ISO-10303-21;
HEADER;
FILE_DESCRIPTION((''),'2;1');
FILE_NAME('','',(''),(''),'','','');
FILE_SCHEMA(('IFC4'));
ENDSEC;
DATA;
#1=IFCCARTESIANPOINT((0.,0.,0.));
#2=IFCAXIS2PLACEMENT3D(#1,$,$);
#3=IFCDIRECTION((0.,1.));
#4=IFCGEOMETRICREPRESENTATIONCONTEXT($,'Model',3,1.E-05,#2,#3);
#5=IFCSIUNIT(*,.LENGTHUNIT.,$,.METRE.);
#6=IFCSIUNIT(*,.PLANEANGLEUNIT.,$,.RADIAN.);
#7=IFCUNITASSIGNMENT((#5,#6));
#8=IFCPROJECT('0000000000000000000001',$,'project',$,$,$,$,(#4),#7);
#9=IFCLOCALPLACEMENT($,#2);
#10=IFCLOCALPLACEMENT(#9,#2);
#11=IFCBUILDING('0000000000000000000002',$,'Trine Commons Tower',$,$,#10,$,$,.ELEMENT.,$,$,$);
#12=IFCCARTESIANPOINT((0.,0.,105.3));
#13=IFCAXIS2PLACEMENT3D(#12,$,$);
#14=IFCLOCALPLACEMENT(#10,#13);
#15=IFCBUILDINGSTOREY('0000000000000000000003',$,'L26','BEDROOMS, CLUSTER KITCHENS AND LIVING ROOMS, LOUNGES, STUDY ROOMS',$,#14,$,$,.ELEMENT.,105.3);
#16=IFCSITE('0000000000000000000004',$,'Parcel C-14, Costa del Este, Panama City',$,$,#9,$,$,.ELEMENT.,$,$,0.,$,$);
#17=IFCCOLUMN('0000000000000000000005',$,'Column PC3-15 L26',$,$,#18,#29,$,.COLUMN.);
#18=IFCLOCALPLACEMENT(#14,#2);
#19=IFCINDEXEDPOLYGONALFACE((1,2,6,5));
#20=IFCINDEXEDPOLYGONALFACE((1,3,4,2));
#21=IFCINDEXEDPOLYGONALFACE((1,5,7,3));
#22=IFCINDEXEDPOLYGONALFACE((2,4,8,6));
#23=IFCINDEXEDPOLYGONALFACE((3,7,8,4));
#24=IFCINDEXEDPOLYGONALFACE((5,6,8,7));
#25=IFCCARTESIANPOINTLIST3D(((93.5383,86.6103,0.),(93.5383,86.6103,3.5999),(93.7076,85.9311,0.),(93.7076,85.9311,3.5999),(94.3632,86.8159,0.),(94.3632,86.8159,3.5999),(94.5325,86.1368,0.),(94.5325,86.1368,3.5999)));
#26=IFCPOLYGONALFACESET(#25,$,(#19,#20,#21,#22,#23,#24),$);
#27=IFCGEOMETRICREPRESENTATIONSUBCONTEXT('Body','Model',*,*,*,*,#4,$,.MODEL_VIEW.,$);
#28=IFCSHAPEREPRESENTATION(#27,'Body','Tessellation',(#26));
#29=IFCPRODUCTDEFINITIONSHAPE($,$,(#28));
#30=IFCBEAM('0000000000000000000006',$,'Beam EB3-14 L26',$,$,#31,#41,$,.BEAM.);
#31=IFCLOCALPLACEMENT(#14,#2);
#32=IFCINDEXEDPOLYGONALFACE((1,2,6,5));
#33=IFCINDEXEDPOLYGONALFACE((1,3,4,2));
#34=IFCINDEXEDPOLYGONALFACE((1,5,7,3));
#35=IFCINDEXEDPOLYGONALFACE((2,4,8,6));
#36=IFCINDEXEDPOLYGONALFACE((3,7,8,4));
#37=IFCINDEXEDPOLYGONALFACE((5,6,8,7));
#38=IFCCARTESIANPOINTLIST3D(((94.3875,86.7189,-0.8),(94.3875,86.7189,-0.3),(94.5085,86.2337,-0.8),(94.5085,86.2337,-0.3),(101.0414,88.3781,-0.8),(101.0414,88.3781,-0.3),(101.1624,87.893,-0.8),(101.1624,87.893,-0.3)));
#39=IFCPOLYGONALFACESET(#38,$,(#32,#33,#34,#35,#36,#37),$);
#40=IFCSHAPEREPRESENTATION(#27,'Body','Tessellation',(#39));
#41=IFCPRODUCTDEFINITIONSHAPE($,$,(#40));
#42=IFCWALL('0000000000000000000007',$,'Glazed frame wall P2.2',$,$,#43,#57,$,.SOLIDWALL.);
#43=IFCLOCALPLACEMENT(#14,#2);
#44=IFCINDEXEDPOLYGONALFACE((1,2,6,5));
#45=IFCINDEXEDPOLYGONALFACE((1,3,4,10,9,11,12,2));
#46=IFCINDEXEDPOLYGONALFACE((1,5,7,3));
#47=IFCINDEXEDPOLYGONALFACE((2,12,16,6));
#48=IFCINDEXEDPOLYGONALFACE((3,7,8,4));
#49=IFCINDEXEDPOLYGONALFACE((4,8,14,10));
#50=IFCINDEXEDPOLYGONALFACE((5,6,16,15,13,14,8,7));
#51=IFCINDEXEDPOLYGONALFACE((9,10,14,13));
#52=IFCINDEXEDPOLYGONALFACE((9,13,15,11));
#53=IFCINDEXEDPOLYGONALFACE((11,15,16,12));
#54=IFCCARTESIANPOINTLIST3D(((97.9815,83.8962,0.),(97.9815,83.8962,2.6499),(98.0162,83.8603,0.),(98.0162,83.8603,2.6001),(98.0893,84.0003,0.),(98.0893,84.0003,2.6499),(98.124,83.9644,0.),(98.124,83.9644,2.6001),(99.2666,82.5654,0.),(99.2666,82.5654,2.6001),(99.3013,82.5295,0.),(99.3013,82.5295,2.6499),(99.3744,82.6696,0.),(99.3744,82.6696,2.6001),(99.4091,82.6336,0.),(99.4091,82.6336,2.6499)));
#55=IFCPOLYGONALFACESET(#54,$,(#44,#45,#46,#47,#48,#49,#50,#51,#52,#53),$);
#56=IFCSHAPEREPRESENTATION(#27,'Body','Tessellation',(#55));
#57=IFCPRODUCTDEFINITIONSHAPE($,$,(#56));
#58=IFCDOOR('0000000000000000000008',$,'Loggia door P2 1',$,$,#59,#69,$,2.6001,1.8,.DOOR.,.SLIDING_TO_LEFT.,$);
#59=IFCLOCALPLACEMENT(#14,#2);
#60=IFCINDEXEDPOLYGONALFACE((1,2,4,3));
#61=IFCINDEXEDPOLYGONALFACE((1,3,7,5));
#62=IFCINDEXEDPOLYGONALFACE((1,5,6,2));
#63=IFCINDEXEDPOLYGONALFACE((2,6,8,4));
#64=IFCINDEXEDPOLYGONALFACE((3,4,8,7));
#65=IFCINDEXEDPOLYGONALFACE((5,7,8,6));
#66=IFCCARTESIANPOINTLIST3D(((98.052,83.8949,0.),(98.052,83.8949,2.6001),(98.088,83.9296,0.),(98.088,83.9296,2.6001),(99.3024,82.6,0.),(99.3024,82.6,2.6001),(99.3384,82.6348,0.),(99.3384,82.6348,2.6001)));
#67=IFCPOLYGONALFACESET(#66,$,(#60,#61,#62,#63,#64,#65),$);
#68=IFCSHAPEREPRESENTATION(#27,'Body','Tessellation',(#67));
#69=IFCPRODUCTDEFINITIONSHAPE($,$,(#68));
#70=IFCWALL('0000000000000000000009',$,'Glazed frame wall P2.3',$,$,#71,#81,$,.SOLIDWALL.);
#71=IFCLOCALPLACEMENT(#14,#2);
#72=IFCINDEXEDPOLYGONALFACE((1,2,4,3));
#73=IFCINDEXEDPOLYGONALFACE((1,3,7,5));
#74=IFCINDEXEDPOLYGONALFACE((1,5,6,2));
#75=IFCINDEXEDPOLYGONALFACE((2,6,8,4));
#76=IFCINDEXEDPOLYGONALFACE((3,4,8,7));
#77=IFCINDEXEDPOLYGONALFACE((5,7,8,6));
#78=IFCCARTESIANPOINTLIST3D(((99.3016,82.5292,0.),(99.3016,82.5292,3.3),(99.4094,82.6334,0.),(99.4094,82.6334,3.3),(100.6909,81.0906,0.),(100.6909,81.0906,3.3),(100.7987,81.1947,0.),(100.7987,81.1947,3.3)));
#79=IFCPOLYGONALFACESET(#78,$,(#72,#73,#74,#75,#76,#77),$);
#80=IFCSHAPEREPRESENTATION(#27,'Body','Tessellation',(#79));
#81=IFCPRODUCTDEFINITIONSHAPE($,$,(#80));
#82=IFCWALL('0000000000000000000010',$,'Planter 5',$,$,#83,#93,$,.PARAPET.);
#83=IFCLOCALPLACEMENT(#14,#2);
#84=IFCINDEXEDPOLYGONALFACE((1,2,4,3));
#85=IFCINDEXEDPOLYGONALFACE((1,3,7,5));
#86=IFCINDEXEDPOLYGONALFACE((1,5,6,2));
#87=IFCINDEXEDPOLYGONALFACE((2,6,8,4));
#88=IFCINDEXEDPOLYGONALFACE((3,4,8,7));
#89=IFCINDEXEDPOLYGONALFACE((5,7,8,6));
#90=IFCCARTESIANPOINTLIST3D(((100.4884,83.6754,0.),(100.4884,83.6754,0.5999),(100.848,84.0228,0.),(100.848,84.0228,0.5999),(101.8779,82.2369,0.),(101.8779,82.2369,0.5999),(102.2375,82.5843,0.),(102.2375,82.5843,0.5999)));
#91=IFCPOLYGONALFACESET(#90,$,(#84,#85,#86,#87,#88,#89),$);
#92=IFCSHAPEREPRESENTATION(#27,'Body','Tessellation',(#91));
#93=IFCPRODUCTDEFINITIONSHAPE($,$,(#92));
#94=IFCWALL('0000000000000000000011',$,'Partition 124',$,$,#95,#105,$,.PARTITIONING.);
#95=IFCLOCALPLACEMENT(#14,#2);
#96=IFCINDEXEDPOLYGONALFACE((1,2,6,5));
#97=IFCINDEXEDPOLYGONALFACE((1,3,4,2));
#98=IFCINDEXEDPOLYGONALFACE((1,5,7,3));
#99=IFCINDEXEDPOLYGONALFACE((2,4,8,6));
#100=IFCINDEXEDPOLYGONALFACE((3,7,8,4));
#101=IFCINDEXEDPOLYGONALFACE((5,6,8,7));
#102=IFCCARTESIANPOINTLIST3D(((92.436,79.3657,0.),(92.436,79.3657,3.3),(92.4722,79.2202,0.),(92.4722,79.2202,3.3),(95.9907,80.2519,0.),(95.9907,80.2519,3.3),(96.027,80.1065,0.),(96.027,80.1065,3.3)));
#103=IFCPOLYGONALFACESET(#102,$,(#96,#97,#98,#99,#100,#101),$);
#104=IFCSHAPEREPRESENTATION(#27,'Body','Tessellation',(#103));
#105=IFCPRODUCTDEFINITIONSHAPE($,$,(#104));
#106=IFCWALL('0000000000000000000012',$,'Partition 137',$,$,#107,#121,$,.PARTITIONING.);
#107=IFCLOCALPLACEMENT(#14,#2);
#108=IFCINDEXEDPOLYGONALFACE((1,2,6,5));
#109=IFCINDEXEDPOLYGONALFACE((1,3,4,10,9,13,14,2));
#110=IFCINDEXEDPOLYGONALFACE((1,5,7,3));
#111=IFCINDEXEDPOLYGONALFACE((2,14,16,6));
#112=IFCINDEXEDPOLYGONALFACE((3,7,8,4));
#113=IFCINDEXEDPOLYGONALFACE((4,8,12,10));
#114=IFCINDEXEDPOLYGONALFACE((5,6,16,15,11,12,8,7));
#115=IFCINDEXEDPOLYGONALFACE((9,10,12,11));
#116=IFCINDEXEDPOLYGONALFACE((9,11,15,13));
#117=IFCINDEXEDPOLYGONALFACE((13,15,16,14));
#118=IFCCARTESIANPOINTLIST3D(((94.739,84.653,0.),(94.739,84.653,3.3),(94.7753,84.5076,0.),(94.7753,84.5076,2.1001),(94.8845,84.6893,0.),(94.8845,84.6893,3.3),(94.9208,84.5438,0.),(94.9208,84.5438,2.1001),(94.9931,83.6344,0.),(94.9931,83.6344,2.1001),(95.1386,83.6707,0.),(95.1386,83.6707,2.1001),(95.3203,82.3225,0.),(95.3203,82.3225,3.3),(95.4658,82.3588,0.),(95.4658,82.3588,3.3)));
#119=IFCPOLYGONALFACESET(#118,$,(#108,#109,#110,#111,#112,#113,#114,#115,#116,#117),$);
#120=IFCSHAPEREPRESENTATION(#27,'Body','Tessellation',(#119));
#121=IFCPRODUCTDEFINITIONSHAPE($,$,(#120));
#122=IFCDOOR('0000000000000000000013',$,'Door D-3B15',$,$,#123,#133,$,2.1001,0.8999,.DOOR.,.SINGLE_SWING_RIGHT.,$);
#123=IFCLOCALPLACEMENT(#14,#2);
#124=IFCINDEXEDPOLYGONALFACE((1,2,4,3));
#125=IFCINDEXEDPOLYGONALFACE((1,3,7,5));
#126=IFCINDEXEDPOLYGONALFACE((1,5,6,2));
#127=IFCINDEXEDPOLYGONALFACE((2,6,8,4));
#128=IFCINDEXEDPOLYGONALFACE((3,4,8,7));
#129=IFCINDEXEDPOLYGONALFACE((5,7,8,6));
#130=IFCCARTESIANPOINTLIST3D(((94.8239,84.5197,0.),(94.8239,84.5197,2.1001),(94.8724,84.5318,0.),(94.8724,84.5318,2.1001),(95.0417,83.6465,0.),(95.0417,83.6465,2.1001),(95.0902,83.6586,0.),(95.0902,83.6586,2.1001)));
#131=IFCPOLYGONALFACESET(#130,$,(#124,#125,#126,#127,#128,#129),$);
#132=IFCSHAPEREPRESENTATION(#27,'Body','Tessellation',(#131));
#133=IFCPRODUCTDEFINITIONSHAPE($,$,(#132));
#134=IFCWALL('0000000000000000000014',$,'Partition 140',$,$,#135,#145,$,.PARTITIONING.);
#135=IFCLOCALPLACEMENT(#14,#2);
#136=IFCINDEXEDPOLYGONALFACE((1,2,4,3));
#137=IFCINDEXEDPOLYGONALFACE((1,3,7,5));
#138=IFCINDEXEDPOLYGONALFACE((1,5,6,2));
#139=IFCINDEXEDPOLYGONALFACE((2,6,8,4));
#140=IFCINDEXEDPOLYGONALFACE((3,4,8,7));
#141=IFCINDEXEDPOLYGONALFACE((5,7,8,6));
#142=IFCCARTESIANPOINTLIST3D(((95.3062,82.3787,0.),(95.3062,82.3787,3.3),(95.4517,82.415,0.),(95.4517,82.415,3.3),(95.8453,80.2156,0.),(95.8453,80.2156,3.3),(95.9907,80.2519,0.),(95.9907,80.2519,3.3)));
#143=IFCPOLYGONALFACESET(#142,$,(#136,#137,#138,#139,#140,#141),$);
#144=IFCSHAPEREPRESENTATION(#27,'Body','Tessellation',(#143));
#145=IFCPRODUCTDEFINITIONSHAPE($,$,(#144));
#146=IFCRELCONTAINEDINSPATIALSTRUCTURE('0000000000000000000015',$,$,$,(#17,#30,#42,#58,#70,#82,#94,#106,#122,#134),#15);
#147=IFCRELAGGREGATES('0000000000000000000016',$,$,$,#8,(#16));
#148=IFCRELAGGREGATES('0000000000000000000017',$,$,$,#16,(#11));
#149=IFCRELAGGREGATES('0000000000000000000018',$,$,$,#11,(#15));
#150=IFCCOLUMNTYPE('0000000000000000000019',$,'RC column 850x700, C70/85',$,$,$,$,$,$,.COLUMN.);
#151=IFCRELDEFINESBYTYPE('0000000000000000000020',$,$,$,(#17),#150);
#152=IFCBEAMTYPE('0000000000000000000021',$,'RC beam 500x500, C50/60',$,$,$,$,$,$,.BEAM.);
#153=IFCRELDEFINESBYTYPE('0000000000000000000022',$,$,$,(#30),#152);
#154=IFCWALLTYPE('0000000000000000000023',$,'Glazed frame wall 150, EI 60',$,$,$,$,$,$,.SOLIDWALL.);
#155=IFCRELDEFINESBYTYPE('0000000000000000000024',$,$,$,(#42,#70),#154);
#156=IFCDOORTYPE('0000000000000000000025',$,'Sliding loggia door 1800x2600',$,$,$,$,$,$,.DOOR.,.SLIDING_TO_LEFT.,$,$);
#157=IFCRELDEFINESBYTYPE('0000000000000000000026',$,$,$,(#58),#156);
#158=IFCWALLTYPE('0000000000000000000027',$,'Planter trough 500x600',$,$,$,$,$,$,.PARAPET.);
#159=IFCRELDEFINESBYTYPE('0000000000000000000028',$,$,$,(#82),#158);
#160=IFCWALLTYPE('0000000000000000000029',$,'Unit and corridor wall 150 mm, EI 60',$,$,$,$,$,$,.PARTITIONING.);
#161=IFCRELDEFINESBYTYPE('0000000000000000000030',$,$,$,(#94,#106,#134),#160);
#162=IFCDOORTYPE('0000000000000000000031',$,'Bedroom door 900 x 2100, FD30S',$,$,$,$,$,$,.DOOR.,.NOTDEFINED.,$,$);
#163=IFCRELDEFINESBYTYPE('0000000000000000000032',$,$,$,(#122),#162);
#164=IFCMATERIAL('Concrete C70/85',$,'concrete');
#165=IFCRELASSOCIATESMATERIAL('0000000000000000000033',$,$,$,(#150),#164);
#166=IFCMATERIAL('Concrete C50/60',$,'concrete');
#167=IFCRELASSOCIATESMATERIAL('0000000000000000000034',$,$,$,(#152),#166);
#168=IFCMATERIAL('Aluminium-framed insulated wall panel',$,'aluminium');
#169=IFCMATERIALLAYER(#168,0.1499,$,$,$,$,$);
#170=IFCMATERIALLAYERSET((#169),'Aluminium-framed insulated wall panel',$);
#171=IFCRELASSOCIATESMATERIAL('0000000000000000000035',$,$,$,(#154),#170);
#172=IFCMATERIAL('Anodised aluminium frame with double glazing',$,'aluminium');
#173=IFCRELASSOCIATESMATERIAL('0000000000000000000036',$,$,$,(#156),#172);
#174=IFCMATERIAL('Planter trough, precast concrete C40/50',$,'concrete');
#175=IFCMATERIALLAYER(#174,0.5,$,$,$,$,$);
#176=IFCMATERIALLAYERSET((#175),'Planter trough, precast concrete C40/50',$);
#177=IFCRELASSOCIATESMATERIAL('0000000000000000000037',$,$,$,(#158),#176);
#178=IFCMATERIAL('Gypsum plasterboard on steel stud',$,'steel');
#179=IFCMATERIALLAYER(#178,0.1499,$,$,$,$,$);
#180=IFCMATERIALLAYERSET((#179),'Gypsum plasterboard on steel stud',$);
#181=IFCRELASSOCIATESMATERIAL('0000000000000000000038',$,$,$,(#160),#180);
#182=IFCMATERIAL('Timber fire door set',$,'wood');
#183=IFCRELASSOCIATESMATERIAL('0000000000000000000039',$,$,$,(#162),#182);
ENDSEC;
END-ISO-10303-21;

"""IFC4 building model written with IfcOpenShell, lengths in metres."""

from ifc_helpers import new_model, si_unit, direction, frame, frame_2d, origin, origin_2d, place, context, subcontext, project, spatial, polyline, rectangle, outline, extrude, material, layer, layer_set, material_profile, profile_set, type_object, element, fill, save


model = new_model("IFC4")

# Units and contexts
model_context = context("Model", 3, precision=1e-05, world=origin(), true_north=direction((0.0, 1.0)))
body_context = subcontext(model_context, "Body", "Model", "MODEL_VIEW")
ifc_project = project(units=[si_unit("LENGTHUNIT", "METRE"), si_unit("PLANEANGLEUNIT", "RADIAN")], contexts=[model_context])

# Site, building, storey
site_placement = place(None, origin())
site = spatial("IfcSite", under=ifc_project, at=site_placement, Name="Parcel C-14, Costa del Este, Panama City", CompositionType="ELEMENT", RefElevation=0.0)
building_placement = place(site_placement, origin())
building = spatial("IfcBuilding", under=site, at=building_placement, Name="Trine Commons Tower", CompositionType="ELEMENT")
storey_placement = place(building_placement, frame((0.0, 0.0, 105.3)))
storey = spatial("IfcBuildingStorey", under=building, at=storey_placement, Name="L26", Description="BEDROOMS, CLUSTER KITCHENS AND LIVING ROOMS, LOUNGES, STUDY ROOMS", CompositionType="ELEMENT", Elevation=105.3)

# Column
ifc_material_1 = material(Name="Concrete C70/85", Category="concrete")
ifc_material_profile_1 = material_profile(ifc_material_1, rectangle(XDim=0.8501, YDim=0.7, at=origin_2d()), Name="RC 850x700")
ifc_profile_set_1 = profile_set([ifc_material_profile_1], Name="Concrete C70/85")
column_type = type_object("IfcColumnType", Name="RC column 850x700, C70/85", PredefinedType="COLUMN", material=ifc_profile_set_1)
column_placement = place(storey_placement, frame((94.0354, 86.3735, 0.0), z_axis=(0.0, 0.0, 1.0), x_axis=(0.970296, 0.241922, 0.0)))
element("IfcColumn", 1, at=column_placement, inside=storey, type_object=column_type, Name="Column PC3-15 L26", PredefinedType="COLUMN", context=body_context, shape_type="SweptSolid", body=[
    extrude(rectangle(XDim=0.8501, YDim=0.7, at=origin_2d()), origin(), (0.0, 0.0, 1.0), 3.5999),
])

# Beam
ifc_material_2 = material(Name="Concrete C50/60", Category="concrete")
ifc_material_profile_2 = material_profile(ifc_material_2, rectangle(XDim=0.5, YDim=0.5, at=origin_2d()), Name="RC 500x500")
ifc_profile_set_2 = profile_set([ifc_material_profile_2], Name="Concrete C50/60")
beam_type = type_object("IfcBeamType", Name="RC beam 500x500, C50/60", PredefinedType="BEAM", material=ifc_profile_set_2)
beam_placement = place(storey_placement, frame((94.448, 86.4763, -0.55), z_axis=(0.970289, 0.241949, 0.0), x_axis=(-0.241949, 0.970289, 0.0)))
element("IfcBeam", 2, at=beam_placement, inside=storey, type_object=beam_type, Name="Beam EB3-14 L26", PredefinedType="BEAM", context=body_context, shape_type="SweptSolid", body=[
    extrude(rectangle(XDim=0.5, YDim=0.5, at=origin_2d()), origin(), (0.0, 0.0, 1.0), 6.8577),
])

# Shared definitions
ifc_material_3 = material(Name="Aluminium-framed insulated wall panel", Category="aluminium")
ifc_layer_1 = layer(ifc_material_3, 0.1499)
ifc_layer_set_1 = layer_set([ifc_layer_1], Name="Aluminium-framed insulated wall panel")
wall_type_1 = type_object("IfcWallType", Name="Glazed frame wall 150, EI 60", PredefinedType="SOLIDWALL", material=ifc_layer_set_1)

# Wall, opening, door
wall_1_placement = place(storey_placement, frame((98.0354, 83.9482, 0.0), z_axis=(0.0, 0.0, 1.0), x_axis=(0.694666, -0.719333, 0.0)))
wall_1 = element("IfcWall", 3, at=wall_1_placement, inside=storey, type_object=wall_type_1, Name="Glazed frame wall P2.2", PredefinedType="SOLIDWALL", context=body_context, shape_type="SweptSolid", body=[
    extrude(outline(polyline([(0.0, -0.075), (1.8999, -0.075), (1.8999, 0.075), (0.0, 0.075), (0.0, -0.075)])), origin(), (0.0, 0.0, 1.0), 2.6499),
])
opening_1_placement = place(wall_1_placement, frame((0.05, 0.0, 0.0)))
opening_1 = element("IfcOpeningElement", 4, at=opening_1_placement, cuts=wall_1, PredefinedType="OPENING", context=body_context, shape_type="SweptSolid", body=[
    extrude(rectangle(XDim=1.8, YDim=2.6001, at=frame_2d((0.8999, 1.3))), frame((0.0, 0.085, 0.0), z_axis=(0.0, -1.0, 0.0), x_axis=(1.0, 0.0, 0.0)), (0.0, 0.0, 1.0), 0.1699),
])
ifc_material_4 = material(Name="Anodised aluminium frame with double glazing", Category="aluminium")
door_type_1 = type_object("IfcDoorType", Name="Sliding loggia door 1800x2600", OperationType="SLIDING_TO_LEFT", PredefinedType="DOOR", material=ifc_material_4)
door_1_placement = place(opening_1_placement, origin())
door_1 = element("IfcDoor", 5, at=door_1_placement, inside=storey, type_object=door_type_1, Name="Loggia door P2 1", OperationType="SLIDING_TO_LEFT", OverallHeight=2.6001, OverallWidth=1.8, PredefinedType="DOOR", context=body_context, shape_type="SweptSolid", body=[
    extrude(rectangle(XDim=1.8, YDim=2.6001, at=frame_2d((0.8999, 1.3))), frame((0.0, 0.0249, 0.0), z_axis=(0.0, -1.0, 0.0), x_axis=(1.0, 0.0, 0.0)), (0.0, 0.0, 1.0), 0.05),
])
fill(opening_1, door_1)

# Walls
wall_2_placement = place(storey_placement, frame((99.3555, 82.5813, 0.0), z_axis=(0.0, 0.0, 1.0), x_axis=(0.694669, -0.71933, 0.0)))
element("IfcWall", 6, at=wall_2_placement, inside=storey, type_object=wall_type_1, Name="Glazed frame wall P2.3", PredefinedType="SOLIDWALL", context=body_context, shape_type="SweptSolid", body=[
    extrude(outline(polyline([(0.0, -0.075), (2.0, -0.075), (2.0, 0.075), (0.0, 0.075), (0.0, -0.075)])), origin(), (0.0, 0.0, 1.0), 3.3),
])
ifc_material_5 = material(Name="Planter trough, precast concrete C40/50", Category="concrete")
ifc_layer_2 = layer(ifc_material_5, 0.5)
ifc_layer_set_2 = layer_set([ifc_layer_2], Name="Planter trough, precast concrete C40/50")
wall_type_2 = type_object("IfcWallType", Name="Planter trough 500x600", PredefinedType="PARAPET", material=ifc_layer_set_2)
wall_3_placement = place(storey_placement, frame((100.6682, 83.8491, 0.0), z_axis=(0.0, 0.0, 1.0), x_axis=(0.694732, -0.719269, 0.0)))
element("IfcWall", 7, at=wall_3_placement, inside=storey, type_object=wall_type_2, Name="Planter 5", PredefinedType="PARAPET", context=body_context, shape_type="SweptSolid", body=[
    extrude(rectangle(XDim=2.0, YDim=0.5, at=frame_2d((1.0, 0.0))), origin(), (0.0, 0.0, 1.0), 0.5999),
])
ifc_material_6 = material(Name="Gypsum plasterboard on steel stud", Category="steel")
ifc_layer_3 = layer(ifc_material_6, 0.1499)
ifc_layer_set_3 = layer_set([ifc_layer_3], Name="Gypsum plasterboard on steel stud")
wall_type_3 = type_object("IfcWallType", Name="Unit and corridor wall 150 mm, EI 60", PredefinedType="PARTITIONING", material=ifc_layer_set_3)
wall_4_placement = place(storey_placement, frame((92.4541, 79.293, 0.0), z_axis=(0.0, 0.0, 1.0), x_axis=(0.970299, 0.241908, 0.0)))
element("IfcWall", 8, at=wall_4_placement, inside=storey, type_object=wall_type_3, Name="Partition 124", PredefinedType="PARTITIONING", context=body_context, shape_type="SweptSolid", body=[
    extrude(rectangle(XDim=3.6636, YDim=0.1499, at=frame_2d((1.8318, 0.0))), origin(), (0.0, 0.0, 1.0), 3.3),
])

# Wall, opening, door
wall_5_placement = place(storey_placement, frame((94.8118, 84.6711, 0.0), z_axis=(0.0, 0.0, 1.0), x_axis=(0.242009, -0.970274, 0.0)))
wall_5 = element("IfcWall", 9, at=wall_5_placement, inside=storey, type_object=wall_type_3, Name="Partition 137", PredefinedType="PARTITIONING", context=body_context, shape_type="SweptSolid", body=[
    extrude(rectangle(XDim=2.4019, YDim=0.1499, at=frame_2d((1.2009, 0.0))), origin(), (0.0, 0.0, 1.0), 3.3),
])
opening_2_placement = place(wall_5_placement, frame((0.1499, 0.0, 0.0)))
opening_2 = element("IfcOpeningElement", 10, at=opening_2_placement, cuts=wall_5, PredefinedType="OPENING", context=body_context, shape_type="SweptSolid", body=[
    extrude(rectangle(XDim=0.8999, YDim=2.1001, at=frame_2d((0.45, 1.05))), frame((0.0, 0.085, 0.0), z_axis=(0.0, -1.0, 0.0), x_axis=(1.0, 0.0, 0.0)), (0.0, 0.0, 1.0), 0.1699),
])
ifc_material_7 = material(Name="Timber fire door set", Category="wood")
door_type_2 = type_object("IfcDoorType", Name="Bedroom door 900 x 2100, FD30S", OperationType="NOTDEFINED", PredefinedType="DOOR", material=ifc_material_7)
door_2_placement = place(opening_2_placement, frame((0.8999, 0.0, 0.0), z_axis=(0.0, 0.0, 1.0), x_axis=(-1.0, 0.0, 0.0)))
door_2 = element("IfcDoor", 11, at=door_2_placement, inside=storey, type_object=door_type_2, Name="Door D-3B15", OperationType="SINGLE_SWING_RIGHT", OverallHeight=2.1001, OverallWidth=0.8999, PredefinedType="DOOR", context=body_context, shape_type="SweptSolid", body=[
    extrude(rectangle(XDim=0.8999, YDim=2.1001, at=frame_2d((0.45, 1.05))), frame((0.0, 0.0249, 0.0), z_axis=(0.0, -1.0, 0.0), x_axis=(1.0, 0.0, 0.0)), (0.0, 0.0, 1.0), 0.05),
])
fill(opening_2, door_2)

# Wall
wall_6_placement = place(storey_placement, frame((95.3789, 82.397, 0.0), z_axis=(0.0, 0.0, 1.0), x_axis=(0.241814, -0.970323, 0.0)))
element("IfcWall", 12, at=wall_6_placement, inside=storey, type_object=wall_type_3, Name="Partition 140", PredefinedType="PARTITIONING", context=body_context, shape_type="SweptSolid", body=[
    extrude(rectangle(XDim=2.2292, YDim=0.1499, at=frame_2d((1.1147, 0.0))), origin(), (0.0, 0.0, 1.0), 3.3),
])

save(model, "model.ifc")
